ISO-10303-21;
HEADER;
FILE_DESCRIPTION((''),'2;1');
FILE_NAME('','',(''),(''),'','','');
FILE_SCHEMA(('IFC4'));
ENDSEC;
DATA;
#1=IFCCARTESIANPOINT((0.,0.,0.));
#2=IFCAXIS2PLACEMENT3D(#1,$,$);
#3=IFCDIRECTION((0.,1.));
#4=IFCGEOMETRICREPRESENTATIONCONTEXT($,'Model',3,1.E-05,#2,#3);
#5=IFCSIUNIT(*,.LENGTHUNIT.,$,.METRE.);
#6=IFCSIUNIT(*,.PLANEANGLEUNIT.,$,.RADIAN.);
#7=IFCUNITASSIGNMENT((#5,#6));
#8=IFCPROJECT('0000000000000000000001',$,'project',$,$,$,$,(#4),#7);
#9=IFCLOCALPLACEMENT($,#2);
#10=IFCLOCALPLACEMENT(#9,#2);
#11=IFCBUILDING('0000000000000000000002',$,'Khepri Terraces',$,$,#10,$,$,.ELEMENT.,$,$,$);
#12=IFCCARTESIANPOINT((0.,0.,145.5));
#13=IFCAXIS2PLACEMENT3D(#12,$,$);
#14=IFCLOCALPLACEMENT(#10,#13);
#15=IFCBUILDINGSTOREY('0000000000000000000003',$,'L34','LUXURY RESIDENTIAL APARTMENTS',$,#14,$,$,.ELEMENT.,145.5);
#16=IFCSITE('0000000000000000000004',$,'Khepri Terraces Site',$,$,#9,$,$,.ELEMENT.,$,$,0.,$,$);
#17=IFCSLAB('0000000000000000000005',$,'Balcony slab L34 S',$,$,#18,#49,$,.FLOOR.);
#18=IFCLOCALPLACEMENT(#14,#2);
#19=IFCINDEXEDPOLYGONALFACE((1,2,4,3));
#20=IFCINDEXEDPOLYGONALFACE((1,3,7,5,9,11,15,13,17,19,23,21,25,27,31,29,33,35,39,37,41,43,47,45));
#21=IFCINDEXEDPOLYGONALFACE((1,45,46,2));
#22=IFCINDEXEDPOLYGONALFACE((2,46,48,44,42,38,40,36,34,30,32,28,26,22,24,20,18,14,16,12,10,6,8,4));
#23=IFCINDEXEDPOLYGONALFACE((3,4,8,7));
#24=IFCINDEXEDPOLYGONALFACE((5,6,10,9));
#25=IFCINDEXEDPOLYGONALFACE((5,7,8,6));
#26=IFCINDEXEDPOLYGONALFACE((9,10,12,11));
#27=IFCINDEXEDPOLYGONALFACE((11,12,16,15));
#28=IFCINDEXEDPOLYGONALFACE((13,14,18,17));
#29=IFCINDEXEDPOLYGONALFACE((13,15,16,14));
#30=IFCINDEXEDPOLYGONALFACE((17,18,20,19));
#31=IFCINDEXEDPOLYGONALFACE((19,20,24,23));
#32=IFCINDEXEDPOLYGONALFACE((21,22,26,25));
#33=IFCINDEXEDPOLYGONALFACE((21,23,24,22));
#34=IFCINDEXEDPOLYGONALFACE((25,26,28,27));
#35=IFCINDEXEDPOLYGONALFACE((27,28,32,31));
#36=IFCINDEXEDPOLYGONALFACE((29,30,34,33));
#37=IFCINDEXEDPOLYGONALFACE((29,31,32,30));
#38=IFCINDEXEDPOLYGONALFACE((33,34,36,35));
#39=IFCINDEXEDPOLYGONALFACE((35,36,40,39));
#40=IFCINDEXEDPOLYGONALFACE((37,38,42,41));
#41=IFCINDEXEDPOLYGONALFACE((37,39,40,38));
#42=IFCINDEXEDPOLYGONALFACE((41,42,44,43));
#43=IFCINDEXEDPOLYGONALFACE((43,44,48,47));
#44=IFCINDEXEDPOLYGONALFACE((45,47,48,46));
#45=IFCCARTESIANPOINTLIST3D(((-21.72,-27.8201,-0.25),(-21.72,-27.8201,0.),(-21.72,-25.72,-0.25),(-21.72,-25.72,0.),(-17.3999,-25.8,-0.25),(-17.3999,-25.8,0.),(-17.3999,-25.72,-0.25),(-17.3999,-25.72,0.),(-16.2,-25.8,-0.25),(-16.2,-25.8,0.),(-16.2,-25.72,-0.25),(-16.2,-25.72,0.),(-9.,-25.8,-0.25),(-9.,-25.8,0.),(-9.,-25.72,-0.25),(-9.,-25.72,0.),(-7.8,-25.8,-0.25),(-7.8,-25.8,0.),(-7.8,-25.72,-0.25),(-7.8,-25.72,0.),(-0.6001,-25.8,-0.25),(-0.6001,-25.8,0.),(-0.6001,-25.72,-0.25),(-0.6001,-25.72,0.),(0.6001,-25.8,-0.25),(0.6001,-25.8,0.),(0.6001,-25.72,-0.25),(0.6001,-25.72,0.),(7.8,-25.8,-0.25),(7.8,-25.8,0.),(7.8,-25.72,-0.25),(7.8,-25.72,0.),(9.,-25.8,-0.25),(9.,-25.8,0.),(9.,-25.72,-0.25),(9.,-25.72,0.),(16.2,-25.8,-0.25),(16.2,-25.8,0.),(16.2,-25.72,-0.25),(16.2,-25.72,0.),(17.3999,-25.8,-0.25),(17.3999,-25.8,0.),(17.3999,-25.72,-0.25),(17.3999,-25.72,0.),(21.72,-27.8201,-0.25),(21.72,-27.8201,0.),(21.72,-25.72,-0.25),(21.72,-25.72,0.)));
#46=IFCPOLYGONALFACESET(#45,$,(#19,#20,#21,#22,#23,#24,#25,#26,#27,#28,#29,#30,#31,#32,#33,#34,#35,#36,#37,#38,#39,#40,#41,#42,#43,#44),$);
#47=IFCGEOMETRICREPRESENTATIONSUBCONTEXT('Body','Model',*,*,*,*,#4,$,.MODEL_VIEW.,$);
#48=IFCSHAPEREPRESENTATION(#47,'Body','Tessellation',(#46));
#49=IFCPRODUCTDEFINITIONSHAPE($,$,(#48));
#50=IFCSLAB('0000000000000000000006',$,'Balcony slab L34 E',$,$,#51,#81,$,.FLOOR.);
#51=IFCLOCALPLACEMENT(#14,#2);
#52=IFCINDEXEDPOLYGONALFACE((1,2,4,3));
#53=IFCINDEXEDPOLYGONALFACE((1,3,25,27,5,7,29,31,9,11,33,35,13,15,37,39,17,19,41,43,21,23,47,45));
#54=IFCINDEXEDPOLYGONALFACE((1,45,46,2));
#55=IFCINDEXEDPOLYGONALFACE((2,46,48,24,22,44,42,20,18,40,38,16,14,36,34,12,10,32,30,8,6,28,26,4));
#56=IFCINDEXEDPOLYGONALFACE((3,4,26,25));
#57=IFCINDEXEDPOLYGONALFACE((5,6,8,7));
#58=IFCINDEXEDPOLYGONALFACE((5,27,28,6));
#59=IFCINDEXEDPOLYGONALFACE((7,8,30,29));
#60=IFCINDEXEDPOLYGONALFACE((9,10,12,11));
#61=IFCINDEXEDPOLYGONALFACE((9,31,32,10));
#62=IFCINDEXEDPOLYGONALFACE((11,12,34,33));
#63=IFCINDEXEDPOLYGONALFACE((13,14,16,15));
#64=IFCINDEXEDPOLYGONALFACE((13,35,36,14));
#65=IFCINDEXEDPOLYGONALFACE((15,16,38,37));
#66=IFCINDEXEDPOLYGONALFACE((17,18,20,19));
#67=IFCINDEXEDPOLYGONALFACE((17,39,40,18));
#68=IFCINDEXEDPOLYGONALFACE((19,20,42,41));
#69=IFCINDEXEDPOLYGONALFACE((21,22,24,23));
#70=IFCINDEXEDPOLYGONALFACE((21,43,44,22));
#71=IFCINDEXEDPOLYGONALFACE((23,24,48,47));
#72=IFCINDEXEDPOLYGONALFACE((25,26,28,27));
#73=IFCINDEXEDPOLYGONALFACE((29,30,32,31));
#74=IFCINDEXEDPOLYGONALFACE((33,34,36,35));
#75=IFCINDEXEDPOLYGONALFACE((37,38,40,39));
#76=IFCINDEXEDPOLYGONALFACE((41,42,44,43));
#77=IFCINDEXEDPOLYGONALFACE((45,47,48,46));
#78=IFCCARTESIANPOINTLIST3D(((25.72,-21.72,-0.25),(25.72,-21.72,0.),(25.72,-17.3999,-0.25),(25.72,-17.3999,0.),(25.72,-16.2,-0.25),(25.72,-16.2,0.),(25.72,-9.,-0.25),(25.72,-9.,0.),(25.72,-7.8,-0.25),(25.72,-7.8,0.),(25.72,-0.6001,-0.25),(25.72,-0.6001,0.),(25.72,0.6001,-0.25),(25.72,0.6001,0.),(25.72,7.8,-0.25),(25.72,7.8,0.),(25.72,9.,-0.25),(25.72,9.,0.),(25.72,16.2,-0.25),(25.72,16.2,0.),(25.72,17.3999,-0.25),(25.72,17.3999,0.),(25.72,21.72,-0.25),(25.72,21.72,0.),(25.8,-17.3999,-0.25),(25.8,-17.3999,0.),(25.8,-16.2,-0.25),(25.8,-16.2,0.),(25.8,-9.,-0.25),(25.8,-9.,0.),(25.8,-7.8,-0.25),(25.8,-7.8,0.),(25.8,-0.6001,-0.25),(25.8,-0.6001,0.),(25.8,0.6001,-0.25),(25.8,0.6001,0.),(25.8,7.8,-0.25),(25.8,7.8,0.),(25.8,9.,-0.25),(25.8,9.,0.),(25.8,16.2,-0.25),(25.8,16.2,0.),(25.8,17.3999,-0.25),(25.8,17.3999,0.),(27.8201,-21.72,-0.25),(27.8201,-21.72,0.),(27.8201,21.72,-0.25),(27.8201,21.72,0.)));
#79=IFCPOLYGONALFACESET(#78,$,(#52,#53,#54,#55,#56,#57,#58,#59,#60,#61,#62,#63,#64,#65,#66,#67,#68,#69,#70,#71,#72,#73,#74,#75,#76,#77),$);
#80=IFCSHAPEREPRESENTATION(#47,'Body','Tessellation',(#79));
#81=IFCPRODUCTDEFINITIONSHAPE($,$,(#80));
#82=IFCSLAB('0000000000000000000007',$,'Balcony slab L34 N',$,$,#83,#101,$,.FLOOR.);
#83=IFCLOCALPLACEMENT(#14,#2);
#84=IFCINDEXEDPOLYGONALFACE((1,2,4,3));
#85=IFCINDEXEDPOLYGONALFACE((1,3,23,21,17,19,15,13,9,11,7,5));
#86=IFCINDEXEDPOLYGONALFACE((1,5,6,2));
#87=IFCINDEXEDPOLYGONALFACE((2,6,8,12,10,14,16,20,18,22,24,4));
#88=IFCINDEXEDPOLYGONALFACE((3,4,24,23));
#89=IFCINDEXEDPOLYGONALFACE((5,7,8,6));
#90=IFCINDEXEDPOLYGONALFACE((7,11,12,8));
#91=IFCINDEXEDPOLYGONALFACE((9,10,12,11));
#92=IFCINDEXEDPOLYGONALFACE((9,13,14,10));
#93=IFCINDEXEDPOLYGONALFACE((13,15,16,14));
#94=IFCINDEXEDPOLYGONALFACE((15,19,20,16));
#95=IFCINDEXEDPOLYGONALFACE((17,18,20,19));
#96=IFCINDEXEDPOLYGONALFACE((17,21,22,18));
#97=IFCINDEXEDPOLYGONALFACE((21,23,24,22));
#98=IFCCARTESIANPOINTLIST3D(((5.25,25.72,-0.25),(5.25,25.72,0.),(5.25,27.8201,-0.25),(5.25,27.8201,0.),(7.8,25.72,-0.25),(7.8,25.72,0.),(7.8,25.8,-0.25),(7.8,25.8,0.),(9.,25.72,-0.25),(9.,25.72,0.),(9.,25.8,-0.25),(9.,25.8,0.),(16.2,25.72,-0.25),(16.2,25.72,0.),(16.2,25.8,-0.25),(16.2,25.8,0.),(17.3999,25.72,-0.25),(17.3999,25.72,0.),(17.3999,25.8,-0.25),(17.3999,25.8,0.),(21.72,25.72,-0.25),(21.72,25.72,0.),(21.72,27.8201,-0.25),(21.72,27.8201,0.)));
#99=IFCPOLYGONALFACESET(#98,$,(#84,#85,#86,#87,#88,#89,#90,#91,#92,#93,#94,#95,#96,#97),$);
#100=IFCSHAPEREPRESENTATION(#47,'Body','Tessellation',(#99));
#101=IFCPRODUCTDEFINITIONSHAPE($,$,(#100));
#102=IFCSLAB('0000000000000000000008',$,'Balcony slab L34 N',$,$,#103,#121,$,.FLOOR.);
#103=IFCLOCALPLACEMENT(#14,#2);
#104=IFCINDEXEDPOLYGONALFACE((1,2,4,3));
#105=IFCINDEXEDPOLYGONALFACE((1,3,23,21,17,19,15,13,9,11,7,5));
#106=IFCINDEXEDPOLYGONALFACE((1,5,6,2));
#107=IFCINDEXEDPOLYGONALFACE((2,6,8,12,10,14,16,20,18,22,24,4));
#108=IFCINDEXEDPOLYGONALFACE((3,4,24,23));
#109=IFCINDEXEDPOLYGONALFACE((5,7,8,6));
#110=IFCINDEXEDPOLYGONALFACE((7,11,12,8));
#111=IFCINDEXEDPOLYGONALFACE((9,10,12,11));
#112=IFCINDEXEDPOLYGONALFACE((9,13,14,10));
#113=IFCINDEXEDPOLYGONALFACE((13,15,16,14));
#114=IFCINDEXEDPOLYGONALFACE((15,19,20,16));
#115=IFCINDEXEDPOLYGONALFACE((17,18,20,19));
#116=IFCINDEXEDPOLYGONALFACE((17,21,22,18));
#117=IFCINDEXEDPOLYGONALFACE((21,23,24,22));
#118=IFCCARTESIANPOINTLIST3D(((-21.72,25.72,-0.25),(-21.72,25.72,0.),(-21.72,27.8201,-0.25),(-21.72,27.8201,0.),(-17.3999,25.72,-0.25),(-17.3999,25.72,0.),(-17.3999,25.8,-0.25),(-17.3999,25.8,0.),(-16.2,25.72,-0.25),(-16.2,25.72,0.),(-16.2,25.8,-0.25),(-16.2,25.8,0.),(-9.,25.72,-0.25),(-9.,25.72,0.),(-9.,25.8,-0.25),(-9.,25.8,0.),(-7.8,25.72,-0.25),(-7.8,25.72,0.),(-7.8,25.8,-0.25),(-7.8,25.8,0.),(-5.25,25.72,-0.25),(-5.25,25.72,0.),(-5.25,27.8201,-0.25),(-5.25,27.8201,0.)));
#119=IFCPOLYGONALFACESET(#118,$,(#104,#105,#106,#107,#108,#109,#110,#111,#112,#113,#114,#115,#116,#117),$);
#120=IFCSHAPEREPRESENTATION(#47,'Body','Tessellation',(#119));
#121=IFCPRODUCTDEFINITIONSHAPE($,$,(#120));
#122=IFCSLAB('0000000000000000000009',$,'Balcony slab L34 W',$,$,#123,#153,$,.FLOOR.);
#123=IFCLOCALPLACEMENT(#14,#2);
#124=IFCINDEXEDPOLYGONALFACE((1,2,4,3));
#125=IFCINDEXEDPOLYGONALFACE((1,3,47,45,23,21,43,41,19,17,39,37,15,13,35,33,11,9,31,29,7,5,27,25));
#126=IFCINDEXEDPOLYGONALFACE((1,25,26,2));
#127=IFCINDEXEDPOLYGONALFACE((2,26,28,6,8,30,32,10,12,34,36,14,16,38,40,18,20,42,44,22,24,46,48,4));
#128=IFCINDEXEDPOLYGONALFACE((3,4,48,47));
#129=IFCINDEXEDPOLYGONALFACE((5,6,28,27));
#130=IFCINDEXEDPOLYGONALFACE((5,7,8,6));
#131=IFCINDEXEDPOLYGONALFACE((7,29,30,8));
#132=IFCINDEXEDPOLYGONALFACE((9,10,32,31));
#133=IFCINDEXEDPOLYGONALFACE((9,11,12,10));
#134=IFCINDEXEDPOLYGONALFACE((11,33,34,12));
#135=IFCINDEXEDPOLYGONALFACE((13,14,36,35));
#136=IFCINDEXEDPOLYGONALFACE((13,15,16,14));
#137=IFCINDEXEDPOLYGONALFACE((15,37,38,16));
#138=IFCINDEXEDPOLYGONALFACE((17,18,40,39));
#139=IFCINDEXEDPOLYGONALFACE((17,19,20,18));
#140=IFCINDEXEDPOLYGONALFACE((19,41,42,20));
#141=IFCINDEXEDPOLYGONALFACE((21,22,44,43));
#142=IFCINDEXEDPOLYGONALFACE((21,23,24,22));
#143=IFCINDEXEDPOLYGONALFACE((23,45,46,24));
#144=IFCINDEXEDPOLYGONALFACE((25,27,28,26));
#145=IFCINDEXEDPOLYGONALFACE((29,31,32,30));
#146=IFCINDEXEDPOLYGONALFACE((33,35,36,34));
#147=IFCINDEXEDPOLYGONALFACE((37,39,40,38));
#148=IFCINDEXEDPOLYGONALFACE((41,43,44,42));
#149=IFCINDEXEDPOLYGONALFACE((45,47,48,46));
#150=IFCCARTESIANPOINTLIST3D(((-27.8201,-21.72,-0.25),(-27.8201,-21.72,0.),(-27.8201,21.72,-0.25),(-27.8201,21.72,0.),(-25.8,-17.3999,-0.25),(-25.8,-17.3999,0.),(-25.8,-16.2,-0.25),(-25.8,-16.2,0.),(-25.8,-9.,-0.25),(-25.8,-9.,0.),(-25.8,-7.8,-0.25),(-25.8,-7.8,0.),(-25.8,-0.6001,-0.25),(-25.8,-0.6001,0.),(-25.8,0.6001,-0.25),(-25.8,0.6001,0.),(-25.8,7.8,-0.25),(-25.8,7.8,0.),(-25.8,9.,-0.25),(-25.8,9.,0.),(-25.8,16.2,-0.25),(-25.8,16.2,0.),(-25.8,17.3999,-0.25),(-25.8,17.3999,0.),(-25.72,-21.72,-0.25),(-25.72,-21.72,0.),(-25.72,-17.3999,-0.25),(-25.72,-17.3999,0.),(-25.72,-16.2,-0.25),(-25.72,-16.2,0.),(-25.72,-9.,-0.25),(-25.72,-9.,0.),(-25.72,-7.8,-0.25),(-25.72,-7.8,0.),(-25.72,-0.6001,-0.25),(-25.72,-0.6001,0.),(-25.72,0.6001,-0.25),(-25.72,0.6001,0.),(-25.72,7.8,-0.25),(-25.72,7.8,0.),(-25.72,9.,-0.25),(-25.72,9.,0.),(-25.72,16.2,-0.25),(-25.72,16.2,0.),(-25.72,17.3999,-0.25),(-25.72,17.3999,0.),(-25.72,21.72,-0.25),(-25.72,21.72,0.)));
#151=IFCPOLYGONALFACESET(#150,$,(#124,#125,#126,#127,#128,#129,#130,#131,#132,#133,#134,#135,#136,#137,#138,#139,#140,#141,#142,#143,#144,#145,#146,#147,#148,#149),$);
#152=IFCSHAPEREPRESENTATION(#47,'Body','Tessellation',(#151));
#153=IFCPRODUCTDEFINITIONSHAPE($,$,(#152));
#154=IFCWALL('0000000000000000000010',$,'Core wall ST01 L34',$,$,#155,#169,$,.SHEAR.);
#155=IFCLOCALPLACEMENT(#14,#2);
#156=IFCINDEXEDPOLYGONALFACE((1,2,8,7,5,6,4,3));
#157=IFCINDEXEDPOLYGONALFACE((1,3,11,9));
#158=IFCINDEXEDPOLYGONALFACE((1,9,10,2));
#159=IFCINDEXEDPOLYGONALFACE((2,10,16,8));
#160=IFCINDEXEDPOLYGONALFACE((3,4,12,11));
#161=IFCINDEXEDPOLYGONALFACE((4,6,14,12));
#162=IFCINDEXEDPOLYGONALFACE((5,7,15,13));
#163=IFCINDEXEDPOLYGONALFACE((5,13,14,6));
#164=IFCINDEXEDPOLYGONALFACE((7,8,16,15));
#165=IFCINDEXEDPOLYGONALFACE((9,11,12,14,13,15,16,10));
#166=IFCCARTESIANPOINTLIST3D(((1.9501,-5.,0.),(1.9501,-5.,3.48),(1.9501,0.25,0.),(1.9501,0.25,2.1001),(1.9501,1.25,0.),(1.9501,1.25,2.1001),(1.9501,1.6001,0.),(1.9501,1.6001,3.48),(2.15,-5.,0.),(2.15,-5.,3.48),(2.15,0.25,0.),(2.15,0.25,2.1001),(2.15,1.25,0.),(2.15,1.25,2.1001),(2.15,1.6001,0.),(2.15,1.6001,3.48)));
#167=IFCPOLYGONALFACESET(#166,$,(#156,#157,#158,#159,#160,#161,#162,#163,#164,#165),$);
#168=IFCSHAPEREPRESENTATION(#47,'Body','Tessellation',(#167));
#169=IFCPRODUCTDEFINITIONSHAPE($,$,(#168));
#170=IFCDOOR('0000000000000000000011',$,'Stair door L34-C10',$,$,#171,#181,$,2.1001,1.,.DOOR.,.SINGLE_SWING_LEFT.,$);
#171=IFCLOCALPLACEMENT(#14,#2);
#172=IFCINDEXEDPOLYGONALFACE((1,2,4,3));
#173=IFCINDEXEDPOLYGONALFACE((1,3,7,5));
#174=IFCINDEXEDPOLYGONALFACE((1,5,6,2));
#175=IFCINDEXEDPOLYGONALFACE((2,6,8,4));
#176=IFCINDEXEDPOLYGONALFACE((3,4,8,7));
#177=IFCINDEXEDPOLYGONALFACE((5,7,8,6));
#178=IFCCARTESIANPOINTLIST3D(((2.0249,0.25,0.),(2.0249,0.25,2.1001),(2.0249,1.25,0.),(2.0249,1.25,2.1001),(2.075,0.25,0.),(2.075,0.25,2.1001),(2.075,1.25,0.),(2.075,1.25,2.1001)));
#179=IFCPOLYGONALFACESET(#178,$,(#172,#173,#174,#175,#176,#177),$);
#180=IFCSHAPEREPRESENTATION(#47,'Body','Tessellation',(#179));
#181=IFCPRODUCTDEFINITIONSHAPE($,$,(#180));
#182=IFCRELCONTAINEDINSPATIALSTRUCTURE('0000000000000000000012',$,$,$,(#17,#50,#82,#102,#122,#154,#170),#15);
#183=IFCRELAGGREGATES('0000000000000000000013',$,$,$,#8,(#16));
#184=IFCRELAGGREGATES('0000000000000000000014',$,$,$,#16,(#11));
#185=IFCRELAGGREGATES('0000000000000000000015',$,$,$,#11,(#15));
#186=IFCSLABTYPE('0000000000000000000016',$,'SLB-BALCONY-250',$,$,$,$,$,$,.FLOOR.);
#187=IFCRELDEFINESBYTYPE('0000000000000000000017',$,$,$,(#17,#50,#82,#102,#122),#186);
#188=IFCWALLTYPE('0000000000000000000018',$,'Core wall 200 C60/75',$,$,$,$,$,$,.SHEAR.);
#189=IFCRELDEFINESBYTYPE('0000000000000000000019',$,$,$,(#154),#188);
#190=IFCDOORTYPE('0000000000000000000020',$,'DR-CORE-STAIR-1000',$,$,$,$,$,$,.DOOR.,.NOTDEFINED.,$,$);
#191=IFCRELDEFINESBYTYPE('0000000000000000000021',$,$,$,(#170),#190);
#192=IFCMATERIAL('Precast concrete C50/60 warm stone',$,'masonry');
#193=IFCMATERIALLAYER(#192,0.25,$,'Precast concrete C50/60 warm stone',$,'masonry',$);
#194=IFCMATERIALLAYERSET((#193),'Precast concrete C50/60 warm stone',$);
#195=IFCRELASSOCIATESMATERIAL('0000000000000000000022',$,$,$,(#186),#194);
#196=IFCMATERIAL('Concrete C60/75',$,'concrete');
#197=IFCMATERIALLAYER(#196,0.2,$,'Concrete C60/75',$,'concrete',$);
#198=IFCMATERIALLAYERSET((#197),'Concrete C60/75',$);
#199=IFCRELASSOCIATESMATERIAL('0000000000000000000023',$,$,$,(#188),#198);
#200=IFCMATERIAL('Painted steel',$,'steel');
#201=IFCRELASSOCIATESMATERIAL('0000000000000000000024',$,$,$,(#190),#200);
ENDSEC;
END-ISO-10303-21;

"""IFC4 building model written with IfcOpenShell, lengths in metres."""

from ifc_helpers import new_model, si_unit, direction, frame, frame_2d, origin, place, context, subcontext, project, spatial, polyline, rectangle, outline, extrude, material, layer, layer_set, type_object, element, fill, save


model = new_model("IFC4")

# Units and contexts
model_context = context("Model", 3, precision=1e-05, world=origin(), true_north=direction((0.0, 1.0)))
body_context = subcontext(model_context, "Body", "Model", "MODEL_VIEW")
ifc_project = project(units=[si_unit("LENGTHUNIT", "METRE"), si_unit("PLANEANGLEUNIT", "RADIAN")], contexts=[model_context])

# Site, building, storey
site_placement = place(None, origin())
site = spatial("IfcSite", under=ifc_project, at=site_placement, Name="Khepri Terraces Site", CompositionType="ELEMENT", RefElevation=0.0)
building_placement = place(site_placement, origin())
building = spatial("IfcBuilding", under=site, at=building_placement, Name="Khepri Terraces", CompositionType="ELEMENT")
storey_placement = place(building_placement, frame((0.0, 0.0, 145.5)))
storey = spatial("IfcBuildingStorey", under=building, at=storey_placement, Name="L34", Description="LUXURY RESIDENTIAL APARTMENTS", CompositionType="ELEMENT", Elevation=145.5)

# Slabs
ifc_material_1 = material(Name="Precast concrete C50/60 warm stone", Category="masonry")
ifc_layer_1 = layer(ifc_material_1, 0.25, Name="Precast concrete C50/60 warm stone", Category="masonry")
ifc_layer_set_1 = layer_set([ifc_layer_1], Name="Precast concrete C50/60 warm stone")
slab_type = type_object("IfcSlabType", Name="SLB-BALCONY-250", PredefinedType="FLOOR", material=ifc_layer_set_1)
slab_1_placement = place(storey_placement, frame((0.0, 0.0, -0.25)))
element("IfcSlab", 1, at=slab_1_placement, inside=storey, type_object=slab_type, Name="Balcony slab L34 S", PredefinedType="FLOOR", context=body_context, shape_type="SweptSolid", body=[
    extrude(outline(polyline([(-17.3999, -25.72), (-21.72, -25.72), (-21.72, -27.8201), (21.72, -27.8201), (21.72, -25.72), (17.3999, -25.72), (17.3999, -25.8), (16.2, -25.8), (16.2, -25.72), (9.0, -25.72), (9.0, -25.8), (7.8, -25.8), (7.8, -25.72), (0.6001, -25.72), (0.6001, -25.8), (-0.6001, -25.8), (-0.6001, -25.72), (-7.8, -25.72), (-7.8, -25.8), (-9.0, -25.8), (-9.0, -25.72), (-16.2, -25.72), (-16.2, -25.8), (-17.3999, -25.8), (-17.3999, -25.72)])), origin(), (0.0, 0.0, 1.0), 0.25),
])
slab_2_placement = place(storey_placement, frame((0.0, 0.0, -0.25)))
element("IfcSlab", 2, at=slab_2_placement, inside=storey, type_object=slab_type, Name="Balcony slab L34 E", PredefinedType="FLOOR", context=body_context, shape_type="SweptSolid", body=[
    extrude(outline(polyline([(25.72, -17.3999), (25.72, -21.72), (27.8201, -21.72), (27.8201, 21.72), (25.72, 21.72), (25.72, 17.3999), (25.8, 17.3999), (25.8, 16.2), (25.72, 16.2), (25.72, 9.0), (25.8, 9.0), (25.8, 7.8), (25.72, 7.8), (25.72, 0.6001), (25.8, 0.6001), (25.8, -0.6001), (25.72, -0.6001), (25.72, -7.8), (25.8, -7.8), (25.8, -9.0), (25.72, -9.0), (25.72, -16.2), (25.8, -16.2), (25.8, -17.3999), (25.72, -17.3999)])), origin(), (0.0, 0.0, 1.0), 0.25),
])
slab_3_placement = place(storey_placement, frame((0.0, 0.0, -0.25)))
element("IfcSlab", 3, at=slab_3_placement, inside=storey, type_object=slab_type, Name="Balcony slab L34 N", PredefinedType="FLOOR", context=body_context, shape_type="SweptSolid", body=[
    extrude(outline(polyline([(17.3999, 25.72), (21.72, 25.72), (21.72, 27.8201), (5.25, 27.8201), (5.25, 25.72), (7.8, 25.72), (7.8, 25.8), (9.0, 25.8), (9.0, 25.72), (16.2, 25.72), (16.2, 25.8), (17.3999, 25.8), (17.3999, 25.72)])), origin(), (0.0, 0.0, 1.0), 0.25),
])
slab_4_placement = place(storey_placement, frame((0.0, 0.0, -0.25)))
element("IfcSlab", 4, at=slab_4_placement, inside=storey, type_object=slab_type, Name="Balcony slab L34 N", PredefinedType="FLOOR", context=body_context, shape_type="SweptSolid", body=[
    extrude(outline(polyline([(-7.8, 25.72), (-5.25, 25.72), (-5.25, 27.8201), (-21.72, 27.8201), (-21.72, 25.72), (-17.3999, 25.72), (-17.3999, 25.8), (-16.2, 25.8), (-16.2, 25.72), (-9.0, 25.72), (-9.0, 25.8), (-7.8, 25.8), (-7.8, 25.72)])), origin(), (0.0, 0.0, 1.0), 0.25),
])
slab_5_placement = place(storey_placement, frame((0.0, 0.0, -0.25)))
element("IfcSlab", 5, at=slab_5_placement, inside=storey, type_object=slab_type, Name="Balcony slab L34 W", PredefinedType="FLOOR", context=body_context, shape_type="SweptSolid", body=[
    extrude(outline(polyline([(-25.72, 17.3999), (-25.72, 21.72), (-27.8201, 21.72), (-27.8201, -21.72), (-25.72, -21.72), (-25.72, -17.3999), (-25.8, -17.3999), (-25.8, -16.2), (-25.72, -16.2), (-25.72, -9.0), (-25.8, -9.0), (-25.8, -7.8), (-25.72, -7.8), (-25.72, -0.6001), (-25.8, -0.6001), (-25.8, 0.6001), (-25.72, 0.6001), (-25.72, 7.8), (-25.8, 7.8), (-25.8, 9.0), (-25.72, 9.0), (-25.72, 16.2), (-25.8, 16.2), (-25.8, 17.3999), (-25.72, 17.3999)])), origin(), (0.0, 0.0, 1.0), 0.25),
])

# Wall, opening, door
ifc_material_2 = material(Name="Concrete C60/75", Category="concrete")
ifc_layer_2 = layer(ifc_material_2, 0.2, Name="Concrete C60/75", Category="concrete")
ifc_layer_set_2 = layer_set([ifc_layer_2], Name="Concrete C60/75")
wall_type_1 = type_object("IfcWallType", Name="Core wall 200 C60/75", PredefinedType="SHEAR", material=ifc_layer_set_2)
wall_1_placement = place(storey_placement, frame((2.05, -5.0, 0.0), z_axis=(0.0, 0.0, 1.0), x_axis=(0.0, 1.0, 0.0)))
wall_1 = element("IfcWall", 6, at=wall_1_placement, inside=storey, type_object=wall_type_1, Name="Core wall ST01 L34", PredefinedType="SHEAR", context=body_context, shape_type="SweptSolid", body=[
    extrude(rectangle(XDim=6.6001, YDim=0.2, at=frame_2d((3.3, 0.0))), origin(), (0.0, 0.0, 1.0), 3.48),
])
opening_1_placement = place(wall_1_placement, frame((5.25, 0.0, 0.0)))
opening_1 = element("IfcOpeningElement", 7, at=opening_1_placement, cuts=wall_1, PredefinedType="OPENING", context=body_context, shape_type="SweptSolid", body=[
    extrude(rectangle(XDim=1.0, YDim=2.1001, at=frame_2d((0.5, 1.05))), frame((0.0, 0.1099, 0.0), z_axis=(0.0, -1.0, 0.0), x_axis=(1.0, 0.0, 0.0)), (0.0, 0.0, 1.0), 0.22),
])
ifc_material_3 = material(Name="Painted steel", Category="steel")
door_type_1 = type_object("IfcDoorType", Name="DR-CORE-STAIR-1000", OperationType="NOTDEFINED", PredefinedType="DOOR", material=ifc_material_3)
door_1_placement = place(opening_1_placement, frame((1.0, 0.0, 0.0), z_axis=(0.0, 0.0, 1.0), x_axis=(-1.0, 0.0, 0.0)))
door_1 = element("IfcDoor", 8, at=door_1_placement, inside=storey, type_object=door_type_1, Name="Stair door L34-C10", OperationType="SINGLE_SWING_LEFT", OverallHeight=2.1001, OverallWidth=1.0, PredefinedType="DOOR", context=body_context, shape_type="SweptSolid", body=[
    extrude(rectangle(XDim=1.0, YDim=2.1001, at=frame_2d((0.5, 1.05))), frame((0.0, 0.0249, 0.0), z_axis=(0.0, -1.0, 0.0), x_axis=(1.0, 0.0, 0.0)), (0.0, 0.0, 1.0), 0.05),
])
fill(opening_1, door_1)

save(model, "model.ifc")
